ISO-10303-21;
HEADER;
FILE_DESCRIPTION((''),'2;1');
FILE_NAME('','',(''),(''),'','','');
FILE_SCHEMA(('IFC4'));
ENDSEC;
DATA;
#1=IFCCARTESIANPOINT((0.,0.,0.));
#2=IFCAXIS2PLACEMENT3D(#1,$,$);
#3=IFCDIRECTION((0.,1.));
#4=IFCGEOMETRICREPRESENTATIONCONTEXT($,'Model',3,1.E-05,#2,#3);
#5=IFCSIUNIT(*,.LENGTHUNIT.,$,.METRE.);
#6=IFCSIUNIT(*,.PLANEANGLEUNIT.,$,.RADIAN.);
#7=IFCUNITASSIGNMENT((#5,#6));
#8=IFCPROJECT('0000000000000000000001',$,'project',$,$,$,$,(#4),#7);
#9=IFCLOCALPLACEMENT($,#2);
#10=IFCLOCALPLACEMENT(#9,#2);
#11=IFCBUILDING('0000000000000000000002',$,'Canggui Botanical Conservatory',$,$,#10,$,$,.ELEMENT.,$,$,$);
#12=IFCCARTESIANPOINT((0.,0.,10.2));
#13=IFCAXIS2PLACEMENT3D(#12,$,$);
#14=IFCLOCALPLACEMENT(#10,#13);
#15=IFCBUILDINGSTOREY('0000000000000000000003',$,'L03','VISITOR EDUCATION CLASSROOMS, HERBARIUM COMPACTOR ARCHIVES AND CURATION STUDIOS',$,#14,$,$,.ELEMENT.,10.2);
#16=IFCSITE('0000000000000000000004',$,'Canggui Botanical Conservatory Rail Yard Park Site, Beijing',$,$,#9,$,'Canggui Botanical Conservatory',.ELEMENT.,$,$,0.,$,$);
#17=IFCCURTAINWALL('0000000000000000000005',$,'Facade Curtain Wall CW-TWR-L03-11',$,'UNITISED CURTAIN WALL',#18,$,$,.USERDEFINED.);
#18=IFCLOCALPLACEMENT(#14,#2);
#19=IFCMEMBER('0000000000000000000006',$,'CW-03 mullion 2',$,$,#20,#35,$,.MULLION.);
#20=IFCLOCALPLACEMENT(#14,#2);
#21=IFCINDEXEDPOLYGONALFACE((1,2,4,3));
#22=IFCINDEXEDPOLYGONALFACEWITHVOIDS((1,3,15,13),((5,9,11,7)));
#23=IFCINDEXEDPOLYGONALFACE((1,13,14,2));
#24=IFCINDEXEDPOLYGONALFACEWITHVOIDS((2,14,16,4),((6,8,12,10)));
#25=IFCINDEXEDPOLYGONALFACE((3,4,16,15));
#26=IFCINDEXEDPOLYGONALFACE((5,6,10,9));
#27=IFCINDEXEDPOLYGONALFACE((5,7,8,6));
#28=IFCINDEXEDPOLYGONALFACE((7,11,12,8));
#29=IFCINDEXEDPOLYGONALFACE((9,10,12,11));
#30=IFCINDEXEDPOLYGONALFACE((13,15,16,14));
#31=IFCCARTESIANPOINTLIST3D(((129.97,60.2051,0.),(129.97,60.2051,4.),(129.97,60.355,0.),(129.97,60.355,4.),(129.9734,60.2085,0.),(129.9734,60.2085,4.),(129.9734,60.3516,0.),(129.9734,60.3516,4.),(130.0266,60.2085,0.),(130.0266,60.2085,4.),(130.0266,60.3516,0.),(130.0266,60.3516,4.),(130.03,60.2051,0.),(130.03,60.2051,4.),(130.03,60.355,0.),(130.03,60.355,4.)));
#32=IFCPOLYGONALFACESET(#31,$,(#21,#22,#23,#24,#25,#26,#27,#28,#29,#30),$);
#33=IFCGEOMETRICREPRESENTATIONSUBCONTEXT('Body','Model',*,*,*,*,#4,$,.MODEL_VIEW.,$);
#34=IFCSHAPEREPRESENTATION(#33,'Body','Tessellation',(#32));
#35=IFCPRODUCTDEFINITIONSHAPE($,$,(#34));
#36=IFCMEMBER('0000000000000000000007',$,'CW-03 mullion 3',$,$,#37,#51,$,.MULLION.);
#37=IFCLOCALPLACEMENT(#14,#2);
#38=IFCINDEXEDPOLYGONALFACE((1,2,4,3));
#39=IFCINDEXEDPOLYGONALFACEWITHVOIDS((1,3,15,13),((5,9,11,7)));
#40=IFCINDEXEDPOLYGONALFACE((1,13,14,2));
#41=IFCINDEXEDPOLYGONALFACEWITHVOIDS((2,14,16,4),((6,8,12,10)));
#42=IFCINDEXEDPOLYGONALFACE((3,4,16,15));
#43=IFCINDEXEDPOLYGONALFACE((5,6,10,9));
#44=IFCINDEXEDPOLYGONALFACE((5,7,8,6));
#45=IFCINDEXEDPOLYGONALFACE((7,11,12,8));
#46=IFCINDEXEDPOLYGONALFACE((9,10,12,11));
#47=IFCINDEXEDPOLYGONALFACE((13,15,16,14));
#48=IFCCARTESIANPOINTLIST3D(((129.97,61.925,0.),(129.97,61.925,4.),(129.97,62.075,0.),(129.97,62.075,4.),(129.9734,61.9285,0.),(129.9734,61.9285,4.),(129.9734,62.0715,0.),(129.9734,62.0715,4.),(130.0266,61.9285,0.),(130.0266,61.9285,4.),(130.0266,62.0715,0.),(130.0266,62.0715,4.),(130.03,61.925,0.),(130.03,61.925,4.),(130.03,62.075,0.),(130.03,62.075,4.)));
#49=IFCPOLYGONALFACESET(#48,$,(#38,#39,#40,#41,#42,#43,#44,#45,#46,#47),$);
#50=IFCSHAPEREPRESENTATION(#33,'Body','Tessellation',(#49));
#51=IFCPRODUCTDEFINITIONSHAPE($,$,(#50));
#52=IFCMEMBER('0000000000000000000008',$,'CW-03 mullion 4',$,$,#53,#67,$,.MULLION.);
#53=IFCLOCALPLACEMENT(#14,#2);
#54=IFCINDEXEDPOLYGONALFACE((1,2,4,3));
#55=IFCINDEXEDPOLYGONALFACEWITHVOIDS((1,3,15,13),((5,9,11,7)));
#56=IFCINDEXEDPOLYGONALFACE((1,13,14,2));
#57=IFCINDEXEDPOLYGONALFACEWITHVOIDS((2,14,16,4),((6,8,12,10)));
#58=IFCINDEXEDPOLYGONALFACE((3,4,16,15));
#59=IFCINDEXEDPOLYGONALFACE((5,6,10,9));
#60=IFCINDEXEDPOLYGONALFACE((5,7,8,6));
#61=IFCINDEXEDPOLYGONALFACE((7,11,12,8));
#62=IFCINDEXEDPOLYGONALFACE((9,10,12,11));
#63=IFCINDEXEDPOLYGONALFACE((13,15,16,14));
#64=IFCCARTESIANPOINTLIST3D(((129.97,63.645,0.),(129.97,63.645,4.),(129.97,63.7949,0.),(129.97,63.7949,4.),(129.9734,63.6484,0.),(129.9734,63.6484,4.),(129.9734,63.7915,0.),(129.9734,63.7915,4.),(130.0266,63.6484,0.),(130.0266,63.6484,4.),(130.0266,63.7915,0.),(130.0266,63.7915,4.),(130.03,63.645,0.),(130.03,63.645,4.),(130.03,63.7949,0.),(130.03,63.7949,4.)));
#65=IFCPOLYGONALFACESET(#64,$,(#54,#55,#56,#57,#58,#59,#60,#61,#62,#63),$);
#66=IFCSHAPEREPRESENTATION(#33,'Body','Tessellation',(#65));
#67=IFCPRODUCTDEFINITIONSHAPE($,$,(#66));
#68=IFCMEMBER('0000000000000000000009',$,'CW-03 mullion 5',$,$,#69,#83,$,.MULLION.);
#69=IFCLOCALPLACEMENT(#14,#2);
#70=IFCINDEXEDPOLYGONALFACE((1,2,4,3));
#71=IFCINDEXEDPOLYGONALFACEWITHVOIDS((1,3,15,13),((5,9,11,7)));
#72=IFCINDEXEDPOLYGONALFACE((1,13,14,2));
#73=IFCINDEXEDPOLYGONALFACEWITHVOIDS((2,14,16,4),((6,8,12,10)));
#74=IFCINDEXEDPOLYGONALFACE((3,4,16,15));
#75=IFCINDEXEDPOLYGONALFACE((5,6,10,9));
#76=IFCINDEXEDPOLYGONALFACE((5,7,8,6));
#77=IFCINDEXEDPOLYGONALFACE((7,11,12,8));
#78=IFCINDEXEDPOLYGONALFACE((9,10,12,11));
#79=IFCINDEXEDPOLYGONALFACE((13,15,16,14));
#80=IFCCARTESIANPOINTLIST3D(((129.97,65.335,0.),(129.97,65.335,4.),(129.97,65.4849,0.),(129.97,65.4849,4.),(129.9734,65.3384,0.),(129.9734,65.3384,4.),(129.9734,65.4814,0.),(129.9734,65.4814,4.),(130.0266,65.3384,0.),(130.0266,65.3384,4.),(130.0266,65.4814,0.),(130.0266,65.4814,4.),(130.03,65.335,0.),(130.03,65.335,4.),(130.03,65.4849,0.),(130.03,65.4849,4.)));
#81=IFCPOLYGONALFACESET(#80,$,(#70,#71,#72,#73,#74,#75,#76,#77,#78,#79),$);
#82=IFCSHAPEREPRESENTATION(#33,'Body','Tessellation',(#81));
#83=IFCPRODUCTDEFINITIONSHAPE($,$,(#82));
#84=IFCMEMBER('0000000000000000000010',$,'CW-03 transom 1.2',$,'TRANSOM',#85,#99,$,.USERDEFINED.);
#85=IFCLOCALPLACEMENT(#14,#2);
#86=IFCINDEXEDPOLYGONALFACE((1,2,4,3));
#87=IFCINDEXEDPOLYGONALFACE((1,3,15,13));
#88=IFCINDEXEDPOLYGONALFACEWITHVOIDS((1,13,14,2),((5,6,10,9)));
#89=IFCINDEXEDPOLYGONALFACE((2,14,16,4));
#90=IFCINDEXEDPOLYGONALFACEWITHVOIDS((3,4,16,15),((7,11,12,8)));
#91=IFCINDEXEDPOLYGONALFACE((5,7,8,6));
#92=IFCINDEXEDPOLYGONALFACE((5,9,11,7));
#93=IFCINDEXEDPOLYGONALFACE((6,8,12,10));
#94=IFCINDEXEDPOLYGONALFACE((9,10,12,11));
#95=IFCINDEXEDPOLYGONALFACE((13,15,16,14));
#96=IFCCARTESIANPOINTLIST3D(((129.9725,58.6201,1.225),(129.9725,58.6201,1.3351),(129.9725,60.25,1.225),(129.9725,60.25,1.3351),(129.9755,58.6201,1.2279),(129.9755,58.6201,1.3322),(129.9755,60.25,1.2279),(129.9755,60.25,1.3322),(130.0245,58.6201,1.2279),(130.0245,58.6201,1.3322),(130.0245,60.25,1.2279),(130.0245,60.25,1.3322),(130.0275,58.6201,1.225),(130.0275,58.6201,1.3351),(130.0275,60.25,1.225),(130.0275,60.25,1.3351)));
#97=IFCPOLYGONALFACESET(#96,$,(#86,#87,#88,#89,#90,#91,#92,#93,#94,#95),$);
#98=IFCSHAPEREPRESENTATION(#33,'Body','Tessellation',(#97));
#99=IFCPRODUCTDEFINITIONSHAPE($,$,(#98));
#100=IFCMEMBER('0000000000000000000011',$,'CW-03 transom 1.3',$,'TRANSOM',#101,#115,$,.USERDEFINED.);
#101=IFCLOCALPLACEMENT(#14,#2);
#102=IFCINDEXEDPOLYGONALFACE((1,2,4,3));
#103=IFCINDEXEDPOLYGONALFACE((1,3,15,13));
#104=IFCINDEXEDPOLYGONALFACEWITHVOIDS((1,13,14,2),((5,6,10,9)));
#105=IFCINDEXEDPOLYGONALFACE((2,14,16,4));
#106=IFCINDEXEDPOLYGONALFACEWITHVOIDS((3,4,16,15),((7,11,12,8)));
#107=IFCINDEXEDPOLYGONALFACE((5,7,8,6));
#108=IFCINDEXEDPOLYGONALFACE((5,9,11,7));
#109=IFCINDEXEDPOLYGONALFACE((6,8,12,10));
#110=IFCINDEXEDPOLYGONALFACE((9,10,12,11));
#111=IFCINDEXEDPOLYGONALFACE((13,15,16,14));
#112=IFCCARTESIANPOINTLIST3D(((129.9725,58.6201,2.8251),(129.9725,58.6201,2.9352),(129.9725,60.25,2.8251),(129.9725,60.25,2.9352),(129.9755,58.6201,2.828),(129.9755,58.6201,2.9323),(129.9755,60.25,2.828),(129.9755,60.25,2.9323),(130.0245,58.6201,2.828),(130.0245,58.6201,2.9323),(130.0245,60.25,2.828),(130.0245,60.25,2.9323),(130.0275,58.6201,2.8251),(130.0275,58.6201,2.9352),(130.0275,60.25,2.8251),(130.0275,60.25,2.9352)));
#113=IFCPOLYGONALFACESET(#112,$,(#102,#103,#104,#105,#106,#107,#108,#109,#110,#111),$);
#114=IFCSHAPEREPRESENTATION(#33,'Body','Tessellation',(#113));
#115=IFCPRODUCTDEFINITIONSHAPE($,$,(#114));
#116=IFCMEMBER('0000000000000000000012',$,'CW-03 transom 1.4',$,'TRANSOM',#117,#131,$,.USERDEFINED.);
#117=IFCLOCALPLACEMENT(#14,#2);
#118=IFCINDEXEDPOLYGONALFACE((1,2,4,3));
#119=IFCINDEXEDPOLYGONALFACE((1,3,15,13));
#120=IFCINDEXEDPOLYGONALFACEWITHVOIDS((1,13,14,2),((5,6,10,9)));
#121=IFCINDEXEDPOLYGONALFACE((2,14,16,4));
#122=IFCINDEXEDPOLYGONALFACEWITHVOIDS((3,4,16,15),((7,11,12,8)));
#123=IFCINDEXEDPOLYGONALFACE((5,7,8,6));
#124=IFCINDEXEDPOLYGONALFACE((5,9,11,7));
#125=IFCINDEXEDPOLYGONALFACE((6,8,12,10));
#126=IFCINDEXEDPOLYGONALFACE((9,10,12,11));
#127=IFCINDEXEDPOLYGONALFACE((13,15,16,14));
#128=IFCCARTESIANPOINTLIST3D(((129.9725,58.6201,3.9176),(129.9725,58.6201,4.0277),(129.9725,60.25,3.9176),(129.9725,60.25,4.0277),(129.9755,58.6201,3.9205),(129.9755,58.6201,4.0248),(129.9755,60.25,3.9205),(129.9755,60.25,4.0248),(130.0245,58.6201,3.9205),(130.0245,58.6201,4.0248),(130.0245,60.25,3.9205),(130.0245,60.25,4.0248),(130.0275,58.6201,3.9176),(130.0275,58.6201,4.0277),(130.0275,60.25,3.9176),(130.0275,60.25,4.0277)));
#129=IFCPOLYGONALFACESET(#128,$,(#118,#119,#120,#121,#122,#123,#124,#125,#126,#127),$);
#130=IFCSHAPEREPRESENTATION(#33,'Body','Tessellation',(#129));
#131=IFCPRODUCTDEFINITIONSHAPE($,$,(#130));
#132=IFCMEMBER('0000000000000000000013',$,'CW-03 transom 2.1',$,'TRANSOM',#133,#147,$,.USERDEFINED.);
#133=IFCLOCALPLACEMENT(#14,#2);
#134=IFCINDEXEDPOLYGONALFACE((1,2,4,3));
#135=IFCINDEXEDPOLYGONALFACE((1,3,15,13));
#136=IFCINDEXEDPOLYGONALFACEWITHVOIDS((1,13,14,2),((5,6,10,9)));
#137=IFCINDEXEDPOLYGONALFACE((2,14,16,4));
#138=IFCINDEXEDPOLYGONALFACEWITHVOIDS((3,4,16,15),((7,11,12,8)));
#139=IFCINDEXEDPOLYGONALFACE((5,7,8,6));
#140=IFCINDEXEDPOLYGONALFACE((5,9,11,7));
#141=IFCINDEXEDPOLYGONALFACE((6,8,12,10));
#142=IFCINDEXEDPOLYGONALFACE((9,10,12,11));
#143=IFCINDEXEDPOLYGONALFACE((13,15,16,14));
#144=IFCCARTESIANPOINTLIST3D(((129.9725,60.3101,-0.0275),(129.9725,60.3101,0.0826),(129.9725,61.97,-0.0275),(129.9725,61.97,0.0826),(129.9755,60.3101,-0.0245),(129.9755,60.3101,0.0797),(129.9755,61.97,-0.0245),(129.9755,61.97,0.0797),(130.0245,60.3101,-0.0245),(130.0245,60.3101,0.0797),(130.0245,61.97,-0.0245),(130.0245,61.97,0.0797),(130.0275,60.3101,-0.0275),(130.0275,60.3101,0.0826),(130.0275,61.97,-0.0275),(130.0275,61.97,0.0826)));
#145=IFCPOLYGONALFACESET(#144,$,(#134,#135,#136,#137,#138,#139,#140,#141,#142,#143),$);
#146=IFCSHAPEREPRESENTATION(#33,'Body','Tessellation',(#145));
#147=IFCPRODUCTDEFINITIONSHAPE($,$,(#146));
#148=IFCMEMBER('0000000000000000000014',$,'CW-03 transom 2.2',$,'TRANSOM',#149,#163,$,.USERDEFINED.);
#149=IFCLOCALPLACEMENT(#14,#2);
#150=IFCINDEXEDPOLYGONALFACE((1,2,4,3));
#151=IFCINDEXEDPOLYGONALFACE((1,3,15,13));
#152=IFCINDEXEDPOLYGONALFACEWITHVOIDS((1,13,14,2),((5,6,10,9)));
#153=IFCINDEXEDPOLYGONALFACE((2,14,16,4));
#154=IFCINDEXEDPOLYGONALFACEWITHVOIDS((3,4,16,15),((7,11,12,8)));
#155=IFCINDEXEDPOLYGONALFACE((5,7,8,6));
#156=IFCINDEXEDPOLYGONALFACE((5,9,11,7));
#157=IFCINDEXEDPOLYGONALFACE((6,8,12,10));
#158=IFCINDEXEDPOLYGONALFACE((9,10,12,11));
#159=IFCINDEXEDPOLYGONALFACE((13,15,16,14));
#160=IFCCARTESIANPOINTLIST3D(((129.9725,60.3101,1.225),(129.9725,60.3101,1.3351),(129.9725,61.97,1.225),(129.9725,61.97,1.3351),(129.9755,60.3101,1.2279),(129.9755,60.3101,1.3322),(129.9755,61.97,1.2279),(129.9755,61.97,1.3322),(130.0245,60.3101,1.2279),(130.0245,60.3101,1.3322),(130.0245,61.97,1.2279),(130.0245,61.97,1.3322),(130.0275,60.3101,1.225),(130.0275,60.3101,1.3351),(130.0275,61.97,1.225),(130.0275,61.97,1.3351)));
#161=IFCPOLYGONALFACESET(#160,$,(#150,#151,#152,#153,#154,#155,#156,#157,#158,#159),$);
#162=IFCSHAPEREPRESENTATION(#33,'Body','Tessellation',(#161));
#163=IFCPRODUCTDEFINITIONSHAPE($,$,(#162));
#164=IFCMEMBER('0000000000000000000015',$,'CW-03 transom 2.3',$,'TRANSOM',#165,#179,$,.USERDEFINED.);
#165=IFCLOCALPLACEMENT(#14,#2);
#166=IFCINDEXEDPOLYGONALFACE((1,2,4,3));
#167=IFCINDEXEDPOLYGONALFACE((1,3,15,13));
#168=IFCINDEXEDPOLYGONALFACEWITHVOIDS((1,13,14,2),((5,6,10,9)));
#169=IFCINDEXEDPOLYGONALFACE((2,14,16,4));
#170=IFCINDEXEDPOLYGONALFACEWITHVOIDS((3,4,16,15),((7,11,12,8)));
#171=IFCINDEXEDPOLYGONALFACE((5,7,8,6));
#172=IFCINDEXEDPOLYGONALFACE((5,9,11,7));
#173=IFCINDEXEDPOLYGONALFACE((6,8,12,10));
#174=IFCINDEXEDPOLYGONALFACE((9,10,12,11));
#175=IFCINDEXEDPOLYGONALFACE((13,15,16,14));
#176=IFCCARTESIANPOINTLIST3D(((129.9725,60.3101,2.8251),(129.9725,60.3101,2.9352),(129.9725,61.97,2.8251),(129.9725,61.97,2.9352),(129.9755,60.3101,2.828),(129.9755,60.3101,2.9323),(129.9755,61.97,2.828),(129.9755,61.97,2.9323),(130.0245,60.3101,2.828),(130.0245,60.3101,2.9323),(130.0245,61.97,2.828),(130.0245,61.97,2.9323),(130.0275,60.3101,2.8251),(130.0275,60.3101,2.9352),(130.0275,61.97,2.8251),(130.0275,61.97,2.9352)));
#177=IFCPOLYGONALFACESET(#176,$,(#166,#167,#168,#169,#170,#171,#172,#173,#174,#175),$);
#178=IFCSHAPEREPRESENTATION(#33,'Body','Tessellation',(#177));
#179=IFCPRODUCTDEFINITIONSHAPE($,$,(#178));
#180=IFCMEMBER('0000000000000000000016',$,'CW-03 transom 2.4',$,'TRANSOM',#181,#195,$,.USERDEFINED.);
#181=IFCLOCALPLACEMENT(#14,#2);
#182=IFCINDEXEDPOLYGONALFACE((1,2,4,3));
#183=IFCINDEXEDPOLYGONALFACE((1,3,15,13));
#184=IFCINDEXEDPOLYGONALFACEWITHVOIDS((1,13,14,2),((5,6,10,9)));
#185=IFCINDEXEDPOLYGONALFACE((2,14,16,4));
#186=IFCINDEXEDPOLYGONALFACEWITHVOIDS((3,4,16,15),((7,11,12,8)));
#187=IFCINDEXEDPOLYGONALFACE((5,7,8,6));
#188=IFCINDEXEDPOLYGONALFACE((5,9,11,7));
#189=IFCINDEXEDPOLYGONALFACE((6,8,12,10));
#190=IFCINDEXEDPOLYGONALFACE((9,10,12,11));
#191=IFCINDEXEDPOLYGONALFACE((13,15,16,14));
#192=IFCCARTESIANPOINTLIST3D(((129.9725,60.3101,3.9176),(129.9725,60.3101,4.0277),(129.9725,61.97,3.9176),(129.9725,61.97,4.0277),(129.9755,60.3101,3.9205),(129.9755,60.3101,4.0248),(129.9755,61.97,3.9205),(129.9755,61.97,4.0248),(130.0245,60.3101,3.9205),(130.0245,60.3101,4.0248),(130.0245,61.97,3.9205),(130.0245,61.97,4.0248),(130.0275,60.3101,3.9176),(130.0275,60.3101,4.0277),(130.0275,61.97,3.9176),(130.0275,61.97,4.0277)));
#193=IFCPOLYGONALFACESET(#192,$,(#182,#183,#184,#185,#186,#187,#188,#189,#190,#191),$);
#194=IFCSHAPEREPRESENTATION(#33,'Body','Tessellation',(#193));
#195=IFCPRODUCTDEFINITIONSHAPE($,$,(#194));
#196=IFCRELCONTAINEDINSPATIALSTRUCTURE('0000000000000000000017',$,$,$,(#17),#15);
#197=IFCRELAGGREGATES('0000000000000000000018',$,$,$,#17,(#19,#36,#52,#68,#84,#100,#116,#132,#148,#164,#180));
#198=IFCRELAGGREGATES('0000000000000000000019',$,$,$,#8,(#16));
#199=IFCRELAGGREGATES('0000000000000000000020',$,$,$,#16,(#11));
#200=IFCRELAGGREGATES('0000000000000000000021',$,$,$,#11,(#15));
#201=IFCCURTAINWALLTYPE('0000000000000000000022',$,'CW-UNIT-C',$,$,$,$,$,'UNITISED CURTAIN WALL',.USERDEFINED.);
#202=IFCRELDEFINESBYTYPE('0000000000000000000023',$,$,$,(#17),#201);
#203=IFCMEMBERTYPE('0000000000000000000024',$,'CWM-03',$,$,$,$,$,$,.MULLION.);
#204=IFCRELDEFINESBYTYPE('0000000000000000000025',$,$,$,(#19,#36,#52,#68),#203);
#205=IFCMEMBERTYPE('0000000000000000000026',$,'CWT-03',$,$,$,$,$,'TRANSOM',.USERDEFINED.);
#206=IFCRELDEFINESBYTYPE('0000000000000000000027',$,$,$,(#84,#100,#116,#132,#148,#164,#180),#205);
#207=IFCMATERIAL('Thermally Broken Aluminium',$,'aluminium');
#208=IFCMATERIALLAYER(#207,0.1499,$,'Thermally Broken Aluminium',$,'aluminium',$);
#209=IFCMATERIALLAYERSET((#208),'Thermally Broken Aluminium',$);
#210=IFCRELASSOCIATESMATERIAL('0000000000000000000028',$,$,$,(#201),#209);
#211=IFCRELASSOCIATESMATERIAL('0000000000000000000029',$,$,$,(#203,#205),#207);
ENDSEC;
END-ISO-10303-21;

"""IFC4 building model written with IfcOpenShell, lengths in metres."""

from ifc_helpers import new_model, si_unit, direction, frame, origin, origin_2d, place, context, subcontext, project, spatial, hollow_rectangle, extrude, material, layer, layer_set, material_profile, profile_set, type_object, element, aggregate, save


model = new_model("IFC4")

# Units and contexts
model_context = context("Model", 3, precision=1e-05, world=origin(), true_north=direction((0.0, 1.0)))
body_context = subcontext(model_context, "Body", "Model", "MODEL_VIEW")
ifc_project = project(units=[si_unit("LENGTHUNIT", "METRE"), si_unit("PLANEANGLEUNIT", "RADIAN")], contexts=[model_context])

# Site, building, storey
site_placement = place(None, origin())
site = spatial("IfcSite", under=ifc_project, at=site_placement, Name="Canggui Botanical Conservatory Rail Yard Park Site, Beijing", LongName="Canggui Botanical Conservatory", CompositionType="ELEMENT", RefElevation=0.0)
building_placement = place(site_placement, origin())
building = spatial("IfcBuilding", under=site, at=building_placement, Name="Canggui Botanical Conservatory", CompositionType="ELEMENT")
storey_placement = place(building_placement, frame((0.0, 0.0, 10.2)))
storey = spatial("IfcBuildingStorey", under=building, at=storey_placement, Name="L03", Description="VISITOR EDUCATION CLASSROOMS, HERBARIUM COMPACTOR ARCHIVES AND CURATION STUDIOS", CompositionType="ELEMENT", Elevation=10.2)

# Curtain wall, members
ifc_material_1 = material(Name="Thermally Broken Aluminium", Category="aluminium")
ifc_layer_1 = layer(ifc_material_1, 0.1499, Name="Thermally Broken Aluminium", Category="aluminium")
ifc_layer_set_1 = layer_set([ifc_layer_1], Name="Thermally Broken Aluminium")
curtain_wall_type = type_object("IfcCurtainWallType", Name="CW-UNIT-C", ElementType="UNITISED CURTAIN WALL", PredefinedType="USERDEFINED", material=ifc_layer_set_1)
curtain_wall_placement = place(storey_placement, origin())
curtain_wall = element("IfcCurtainWall", 1, at=curtain_wall_placement, inside=storey, type_object=curtain_wall_type, Name="Facade Curtain Wall CW-TWR-L03-11", ObjectType="UNITISED CURTAIN WALL", PredefinedType="USERDEFINED")
ifc_material_profile_1 = material_profile(ifc_material_1, hollow_rectangle(XDim=0.0601, YDim=0.1499, WallThickness=0.0034, at=origin_2d()), Name="CWM 60x150x3.5")
ifc_profile_set_1 = profile_set([ifc_material_profile_1], Name="Thermally Broken Aluminium")
member_type_1 = type_object("IfcMemberType", Name="CWM-03", PredefinedType="MULLION", material=ifc_profile_set_1)
member_1_placement = place(storey_placement, frame((130.0, 60.28, 0.0), z_axis=(0.0, 0.0, 1.0), x_axis=(-1.0, 0.0, 0.0)))
member_1 = element("IfcMember", 2, at=member_1_placement, type_object=member_type_1, Name="CW-03 mullion 2", PredefinedType="MULLION", context=body_context, shape_type="SweptSolid", body=[
    extrude(hollow_rectangle(XDim=0.0601, YDim=0.1499, WallThickness=0.0034, at=origin_2d()), origin(), (0.0, 0.0, 1.0), 4.0),
])
member_2_placement = place(storey_placement, frame((130.0, 62.0, 0.0), z_axis=(0.0, 0.0, 1.0), x_axis=(-1.0, 0.0, 0.0)))
member_2 = element("IfcMember", 3, at=member_2_placement, type_object=member_type_1, Name="CW-03 mullion 3", PredefinedType="MULLION", context=body_context, shape_type="SweptSolid", body=[
    extrude(hollow_rectangle(XDim=0.0601, YDim=0.1499, WallThickness=0.0034, at=origin_2d()), origin(), (0.0, 0.0, 1.0), 4.0),
])
member_3_placement = place(storey_placement, frame((130.0, 63.72, 0.0), z_axis=(0.0, 0.0, 1.0), x_axis=(-1.0, 0.0, 0.0)))
member_3 = element("IfcMember", 4, at=member_3_placement, type_object=member_type_1, Name="CW-03 mullion 4", PredefinedType="MULLION", context=body_context, shape_type="SweptSolid", body=[
    extrude(hollow_rectangle(XDim=0.0601, YDim=0.1499, WallThickness=0.0034, at=origin_2d()), origin(), (0.0, 0.0, 1.0), 4.0),
])
member_4_placement = place(storey_placement, frame((130.0, 65.4099, 0.0), z_axis=(0.0, 0.0, 1.0), x_axis=(-1.0, 0.0, 0.0)))
member_4 = element("IfcMember", 5, at=member_4_placement, type_object=member_type_1, Name="CW-03 mullion 5", PredefinedType="MULLION", context=body_context, shape_type="SweptSolid", body=[
    extrude(hollow_rectangle(XDim=0.0601, YDim=0.1499, WallThickness=0.0034, at=origin_2d()), origin(), (0.0, 0.0, 1.0), 4.0),
])
ifc_material_profile_2 = material_profile(ifc_material_1, hollow_rectangle(XDim=0.0549, YDim=0.1101, WallThickness=0.0029, at=origin_2d()), Name="CWT 55x110x3")
ifc_profile_set_2 = profile_set([ifc_material_profile_2], Name="Thermally Broken Aluminium")
member_type_2 = type_object("IfcMemberType", Name="CWT-03", ElementType="TRANSOM", PredefinedType="USERDEFINED", material=ifc_profile_set_2)
member_5_placement = place(storey_placement, frame((130.0, 58.6201, 1.28), z_axis=(0.0, 1.0, 0.0), x_axis=(-1.0, 0.0, 0.0)))
member_5 = element("IfcMember", 6, at=member_5_placement, type_object=member_type_2, Name="CW-03 transom 1.2", ObjectType="TRANSOM", PredefinedType="USERDEFINED", context=body_context, shape_type="SweptSolid", body=[
    extrude(hollow_rectangle(XDim=0.0549, YDim=0.1101, WallThickness=0.0029, at=origin_2d()), origin(), (0.0, 0.0, 1.0), 1.6299),
])
member_6_placement = place(storey_placement, frame((130.0, 58.6201, 2.8801), z_axis=(0.0, 1.0, 0.0), x_axis=(-1.0, 0.0, 0.0)))
member_6 = element("IfcMember", 7, at=member_6_placement, type_object=member_type_2, Name="CW-03 transom 1.3", ObjectType="TRANSOM", PredefinedType="USERDEFINED", context=body_context, shape_type="SweptSolid", body=[
    extrude(hollow_rectangle(XDim=0.0549, YDim=0.1101, WallThickness=0.0029, at=origin_2d()), origin(), (0.0, 0.0, 1.0), 1.6299),
])
member_7_placement = place(storey_placement, frame((130.0, 58.6201, 3.9727), z_axis=(0.0, 1.0, 0.0), x_axis=(-1.0, 0.0, 0.0)))
member_7 = element("IfcMember", 8, at=member_7_placement, type_object=member_type_2, Name="CW-03 transom 1.4", ObjectType="TRANSOM", PredefinedType="USERDEFINED", context=body_context, shape_type="SweptSolid", body=[
    extrude(hollow_rectangle(XDim=0.0549, YDim=0.1101, WallThickness=0.0029, at=origin_2d()), origin(), (0.0, 0.0, 1.0), 1.6299),
])
member_8_placement = place(storey_placement, frame((130.0, 60.3101, 0.0276), z_axis=(0.0, 1.0, 0.0), x_axis=(-1.0, 0.0, 0.0)))
member_8 = element("IfcMember", 9, at=member_8_placement, type_object=member_type_2, Name="CW-03 transom 2.1", ObjectType="TRANSOM", PredefinedType="USERDEFINED", context=body_context, shape_type="SweptSolid", body=[
    extrude(hollow_rectangle(XDim=0.0549, YDim=0.1101, WallThickness=0.0029, at=origin_2d()), origin(), (0.0, 0.0, 1.0), 1.6599),
])
member_9_placement = place(storey_placement, frame((130.0, 60.3101, 1.28), z_axis=(0.0, 1.0, 0.0), x_axis=(-1.0, 0.0, 0.0)))
member_9 = element("IfcMember", 10, at=member_9_placement, type_object=member_type_2, Name="CW-03 transom 2.2", ObjectType="TRANSOM", PredefinedType="USERDEFINED", context=body_context, shape_type="SweptSolid", body=[
    extrude(hollow_rectangle(XDim=0.0549, YDim=0.1101, WallThickness=0.0029, at=origin_2d()), origin(), (0.0, 0.0, 1.0), 1.6599),
])
member_10_placement = place(storey_placement, frame((130.0, 60.3101, 2.8801), z_axis=(0.0, 1.0, 0.0), x_axis=(-1.0, 0.0, 0.0)))
member_10 = element("IfcMember", 11, at=member_10_placement, type_object=member_type_2, Name="CW-03 transom 2.3", ObjectType="TRANSOM", PredefinedType="USERDEFINED", context=body_context, shape_type="SweptSolid", body=[
    extrude(hollow_rectangle(XDim=0.0549, YDim=0.1101, WallThickness=0.0029, at=origin_2d()), origin(), (0.0, 0.0, 1.0), 1.6599),
])
member_11_placement = place(storey_placement, frame((130.0, 60.3101, 3.9727), z_axis=(0.0, 1.0, 0.0), x_axis=(-1.0, 0.0, 0.0)))
member_11 = element("IfcMember", 12, at=member_11_placement, type_object=member_type_2, Name="CW-03 transom 2.4", ObjectType="TRANSOM", PredefinedType="USERDEFINED", context=body_context, shape_type="SweptSolid", body=[
    extrude(hollow_rectangle(XDim=0.0549, YDim=0.1101, WallThickness=0.0029, at=origin_2d()), origin(), (0.0, 0.0, 1.0), 1.6599),
])
aggregate(curtain_wall, [member_1, member_2, member_3, member_4, member_5, member_6, member_7, member_8, member_9, member_10, member_11])

save(model, "model.ifc")
